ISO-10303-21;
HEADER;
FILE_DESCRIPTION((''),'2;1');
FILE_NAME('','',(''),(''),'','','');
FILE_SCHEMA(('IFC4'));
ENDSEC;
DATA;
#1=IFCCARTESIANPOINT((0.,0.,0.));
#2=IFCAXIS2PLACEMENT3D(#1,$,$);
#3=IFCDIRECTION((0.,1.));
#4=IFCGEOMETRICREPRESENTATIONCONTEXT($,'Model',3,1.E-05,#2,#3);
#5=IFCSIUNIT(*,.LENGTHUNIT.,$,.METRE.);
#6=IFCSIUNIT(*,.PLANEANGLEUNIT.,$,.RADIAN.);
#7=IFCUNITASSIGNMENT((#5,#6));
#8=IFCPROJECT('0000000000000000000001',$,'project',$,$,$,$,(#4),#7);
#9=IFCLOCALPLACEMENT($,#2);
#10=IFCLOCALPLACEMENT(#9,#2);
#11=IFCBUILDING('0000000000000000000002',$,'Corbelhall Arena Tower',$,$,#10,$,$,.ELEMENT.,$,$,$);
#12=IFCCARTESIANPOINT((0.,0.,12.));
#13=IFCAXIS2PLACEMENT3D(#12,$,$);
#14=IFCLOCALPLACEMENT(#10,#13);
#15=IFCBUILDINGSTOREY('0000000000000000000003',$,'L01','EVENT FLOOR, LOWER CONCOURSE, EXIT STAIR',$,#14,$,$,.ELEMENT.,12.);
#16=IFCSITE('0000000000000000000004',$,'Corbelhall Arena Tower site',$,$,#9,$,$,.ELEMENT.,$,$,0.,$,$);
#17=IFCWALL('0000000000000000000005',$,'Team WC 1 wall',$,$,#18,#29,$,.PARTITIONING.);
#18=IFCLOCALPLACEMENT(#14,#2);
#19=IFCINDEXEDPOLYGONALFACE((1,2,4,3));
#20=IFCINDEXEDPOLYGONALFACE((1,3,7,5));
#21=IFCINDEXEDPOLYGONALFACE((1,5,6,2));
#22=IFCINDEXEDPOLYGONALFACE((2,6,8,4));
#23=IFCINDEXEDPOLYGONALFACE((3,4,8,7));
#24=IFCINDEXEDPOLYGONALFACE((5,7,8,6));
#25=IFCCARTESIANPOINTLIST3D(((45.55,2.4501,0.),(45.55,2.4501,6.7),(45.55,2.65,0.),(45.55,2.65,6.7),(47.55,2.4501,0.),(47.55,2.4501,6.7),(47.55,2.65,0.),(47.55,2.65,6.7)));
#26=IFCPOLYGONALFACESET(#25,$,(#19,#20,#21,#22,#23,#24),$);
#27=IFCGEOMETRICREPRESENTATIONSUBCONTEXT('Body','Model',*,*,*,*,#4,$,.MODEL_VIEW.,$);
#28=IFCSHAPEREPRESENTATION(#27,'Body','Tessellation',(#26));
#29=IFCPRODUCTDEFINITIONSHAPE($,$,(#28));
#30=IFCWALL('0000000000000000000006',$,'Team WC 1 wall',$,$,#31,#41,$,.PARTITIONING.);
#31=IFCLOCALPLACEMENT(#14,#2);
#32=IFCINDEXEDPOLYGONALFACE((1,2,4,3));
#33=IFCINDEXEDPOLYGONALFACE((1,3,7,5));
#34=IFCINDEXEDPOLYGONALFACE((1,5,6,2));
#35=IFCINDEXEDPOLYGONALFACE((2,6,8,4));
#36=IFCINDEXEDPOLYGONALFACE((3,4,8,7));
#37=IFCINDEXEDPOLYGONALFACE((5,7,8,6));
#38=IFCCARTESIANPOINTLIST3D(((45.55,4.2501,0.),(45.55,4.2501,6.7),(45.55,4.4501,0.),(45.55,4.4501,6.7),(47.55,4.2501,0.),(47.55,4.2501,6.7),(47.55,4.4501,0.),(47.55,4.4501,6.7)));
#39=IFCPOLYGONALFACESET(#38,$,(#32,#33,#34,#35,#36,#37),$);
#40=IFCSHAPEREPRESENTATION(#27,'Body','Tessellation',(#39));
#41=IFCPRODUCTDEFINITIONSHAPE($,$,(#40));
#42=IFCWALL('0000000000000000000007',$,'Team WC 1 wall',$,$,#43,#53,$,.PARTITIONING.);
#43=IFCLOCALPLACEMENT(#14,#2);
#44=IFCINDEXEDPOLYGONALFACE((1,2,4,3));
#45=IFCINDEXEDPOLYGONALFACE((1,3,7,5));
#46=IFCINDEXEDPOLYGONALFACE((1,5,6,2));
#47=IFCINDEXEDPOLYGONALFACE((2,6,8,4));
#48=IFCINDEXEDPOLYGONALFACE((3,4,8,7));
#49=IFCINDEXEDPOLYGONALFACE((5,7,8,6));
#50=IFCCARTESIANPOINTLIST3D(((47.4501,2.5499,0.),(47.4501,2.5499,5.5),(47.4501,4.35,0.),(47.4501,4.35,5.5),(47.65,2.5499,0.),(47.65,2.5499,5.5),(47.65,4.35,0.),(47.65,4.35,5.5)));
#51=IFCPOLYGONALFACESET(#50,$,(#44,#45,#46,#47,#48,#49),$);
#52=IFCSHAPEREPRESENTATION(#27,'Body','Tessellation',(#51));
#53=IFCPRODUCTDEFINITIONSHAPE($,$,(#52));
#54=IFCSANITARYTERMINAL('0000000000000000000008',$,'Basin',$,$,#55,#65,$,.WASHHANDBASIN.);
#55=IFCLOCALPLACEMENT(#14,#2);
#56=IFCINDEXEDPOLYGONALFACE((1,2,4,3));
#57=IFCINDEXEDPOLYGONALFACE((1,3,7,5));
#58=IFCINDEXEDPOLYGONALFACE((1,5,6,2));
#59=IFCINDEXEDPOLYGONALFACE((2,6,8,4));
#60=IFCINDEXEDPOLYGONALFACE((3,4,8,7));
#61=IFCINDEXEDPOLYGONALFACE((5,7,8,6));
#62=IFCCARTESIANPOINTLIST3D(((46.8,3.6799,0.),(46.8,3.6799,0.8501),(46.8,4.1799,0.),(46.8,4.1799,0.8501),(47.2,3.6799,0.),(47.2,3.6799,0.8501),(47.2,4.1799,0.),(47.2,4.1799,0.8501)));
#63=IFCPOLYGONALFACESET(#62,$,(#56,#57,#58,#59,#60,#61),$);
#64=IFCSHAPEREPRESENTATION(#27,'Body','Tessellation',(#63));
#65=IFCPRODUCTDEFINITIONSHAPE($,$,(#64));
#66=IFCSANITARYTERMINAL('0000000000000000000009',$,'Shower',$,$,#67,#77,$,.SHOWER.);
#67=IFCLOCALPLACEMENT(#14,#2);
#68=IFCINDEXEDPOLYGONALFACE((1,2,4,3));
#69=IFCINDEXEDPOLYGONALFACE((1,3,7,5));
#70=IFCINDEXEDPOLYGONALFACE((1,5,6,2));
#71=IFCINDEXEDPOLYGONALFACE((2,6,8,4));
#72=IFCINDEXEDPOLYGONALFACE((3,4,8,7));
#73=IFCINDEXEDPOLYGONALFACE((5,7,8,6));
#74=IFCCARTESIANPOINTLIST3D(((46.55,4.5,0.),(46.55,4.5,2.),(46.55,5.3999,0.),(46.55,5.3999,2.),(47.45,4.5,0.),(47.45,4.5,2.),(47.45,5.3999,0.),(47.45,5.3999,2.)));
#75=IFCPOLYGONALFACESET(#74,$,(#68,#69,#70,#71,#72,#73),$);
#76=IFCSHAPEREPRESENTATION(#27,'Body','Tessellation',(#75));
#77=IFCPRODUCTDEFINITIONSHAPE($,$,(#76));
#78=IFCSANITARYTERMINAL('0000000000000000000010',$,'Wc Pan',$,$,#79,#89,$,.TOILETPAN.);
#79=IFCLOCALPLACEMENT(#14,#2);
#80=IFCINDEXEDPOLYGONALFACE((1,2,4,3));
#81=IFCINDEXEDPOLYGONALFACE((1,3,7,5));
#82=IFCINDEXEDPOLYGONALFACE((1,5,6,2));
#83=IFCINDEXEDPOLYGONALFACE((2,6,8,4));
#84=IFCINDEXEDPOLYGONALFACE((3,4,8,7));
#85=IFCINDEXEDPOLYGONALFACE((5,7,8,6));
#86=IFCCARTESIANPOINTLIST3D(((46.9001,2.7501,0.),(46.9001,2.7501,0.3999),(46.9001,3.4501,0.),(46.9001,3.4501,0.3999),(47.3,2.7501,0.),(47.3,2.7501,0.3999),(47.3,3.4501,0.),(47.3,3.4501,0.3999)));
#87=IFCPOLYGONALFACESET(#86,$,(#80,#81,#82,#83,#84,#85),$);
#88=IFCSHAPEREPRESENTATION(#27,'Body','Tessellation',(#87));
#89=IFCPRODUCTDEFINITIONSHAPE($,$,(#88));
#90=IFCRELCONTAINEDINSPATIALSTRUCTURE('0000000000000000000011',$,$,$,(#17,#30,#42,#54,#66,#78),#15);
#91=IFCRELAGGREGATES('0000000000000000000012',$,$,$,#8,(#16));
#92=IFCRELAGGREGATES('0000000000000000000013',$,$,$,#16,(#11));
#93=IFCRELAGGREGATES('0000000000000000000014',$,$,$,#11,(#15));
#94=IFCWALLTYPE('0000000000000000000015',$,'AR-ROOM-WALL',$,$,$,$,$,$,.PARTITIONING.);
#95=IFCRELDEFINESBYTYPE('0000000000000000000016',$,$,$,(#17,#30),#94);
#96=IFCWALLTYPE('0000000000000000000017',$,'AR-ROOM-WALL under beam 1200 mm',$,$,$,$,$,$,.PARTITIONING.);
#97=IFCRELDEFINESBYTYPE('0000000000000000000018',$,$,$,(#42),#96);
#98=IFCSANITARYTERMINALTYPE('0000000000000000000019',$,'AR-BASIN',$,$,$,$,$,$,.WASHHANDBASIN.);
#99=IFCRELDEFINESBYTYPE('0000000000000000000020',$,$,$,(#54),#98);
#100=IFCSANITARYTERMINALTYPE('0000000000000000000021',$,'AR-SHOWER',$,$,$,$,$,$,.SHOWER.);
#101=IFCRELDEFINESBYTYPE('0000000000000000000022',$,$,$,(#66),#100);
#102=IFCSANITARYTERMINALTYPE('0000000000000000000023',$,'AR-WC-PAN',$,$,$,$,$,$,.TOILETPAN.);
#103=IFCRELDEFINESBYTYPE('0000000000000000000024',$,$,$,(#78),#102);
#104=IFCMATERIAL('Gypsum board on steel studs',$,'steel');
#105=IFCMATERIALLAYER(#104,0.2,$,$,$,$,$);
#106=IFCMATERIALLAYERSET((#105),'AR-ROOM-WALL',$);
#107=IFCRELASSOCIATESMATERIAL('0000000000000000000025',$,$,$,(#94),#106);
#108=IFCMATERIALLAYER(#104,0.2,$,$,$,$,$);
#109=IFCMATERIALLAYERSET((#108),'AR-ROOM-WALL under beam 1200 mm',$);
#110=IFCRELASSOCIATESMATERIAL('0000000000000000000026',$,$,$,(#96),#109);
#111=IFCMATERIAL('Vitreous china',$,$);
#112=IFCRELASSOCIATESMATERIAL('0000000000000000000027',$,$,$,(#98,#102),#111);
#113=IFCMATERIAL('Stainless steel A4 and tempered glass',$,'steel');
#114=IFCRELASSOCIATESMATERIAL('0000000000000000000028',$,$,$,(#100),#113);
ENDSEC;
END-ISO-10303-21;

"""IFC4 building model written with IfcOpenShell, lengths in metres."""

from ifc_helpers import new_model, si_unit, direction, frame, frame_2d, origin, origin_2d, place, context, subcontext, project, spatial, rectangle, extrude, material, layer, layer_set, type_object, element, save


model = new_model("IFC4")

# Units and contexts
model_context = context("Model", 3, precision=1e-05, world=origin(), true_north=direction((0.0, 1.0)))
body_context = subcontext(model_context, "Body", "Model", "MODEL_VIEW")
ifc_project = project(units=[si_unit("LENGTHUNIT", "METRE"), si_unit("PLANEANGLEUNIT", "RADIAN")], contexts=[model_context])

# Site, building, storey
site_placement = place(None, origin())
site = spatial("IfcSite", under=ifc_project, at=site_placement, Name="Corbelhall Arena Tower site", CompositionType="ELEMENT", RefElevation=0.0)
building_placement = place(site_placement, origin())
building = spatial("IfcBuilding", under=site, at=building_placement, Name="Corbelhall Arena Tower", CompositionType="ELEMENT")
storey_placement = place(building_placement, frame((0.0, 0.0, 12.0)))
storey = spatial("IfcBuildingStorey", under=building, at=storey_placement, Name="L01", Description="EVENT FLOOR, LOWER CONCOURSE, EXIT STAIR", CompositionType="ELEMENT", Elevation=12.0)

# Walls
ifc_material_1 = material(Name="Gypsum board on steel studs", Category="steel")
ifc_layer_1 = layer(ifc_material_1, 0.2)
ifc_layer_set_1 = layer_set([ifc_layer_1], Name="AR-ROOM-WALL")
wall_type_1 = type_object("IfcWallType", Name="AR-ROOM-WALL", PredefinedType="PARTITIONING", material=ifc_layer_set_1)
for number, where, z_axis, x_axis, name in (
    (1, (45.55, 2.55, 0.0), (0.0, 0.0, 1.0), (1.0, 0.0, 0.0), "Team WC 1 wall"),
    (2, (47.55, 4.3501, 0.0), (0.0, 0.0, 1.0), (-1.0, 0.0, 0.0), "Team WC 1 wall"),
):
    element("IfcWall", number, at=place(storey_placement, frame(where, z_axis=z_axis, x_axis=x_axis)), inside=storey, type_object=wall_type_1, Name=name, PredefinedType="PARTITIONING", context=body_context, shape_type="SweptSolid", body=[
        extrude(rectangle(XDim=2.0, YDim=0.2, at=frame_2d((1.0, 0.0))), origin(), (0.0, 0.0, 1.0), 6.7),
    ])

# Shared definitions
ifc_layer_2 = layer(ifc_material_1, 0.2)
ifc_layer_set_2 = layer_set([ifc_layer_2], Name="AR-ROOM-WALL under beam 1200 mm")
wall_type_2 = type_object("IfcWallType", Name="AR-ROOM-WALL under beam 1200 mm", PredefinedType="PARTITIONING", material=ifc_layer_set_2)

# Wall
wall_1_placement = place(storey_placement, frame((47.55, 2.55, 0.0), z_axis=(0.0, 0.0, 1.0), x_axis=(0.0, 1.0, 0.0)))
element("IfcWall", 3, at=wall_1_placement, inside=storey, type_object=wall_type_2, Name="Team WC 1 wall", PredefinedType="PARTITIONING", context=body_context, shape_type="SweptSolid", body=[
    extrude(rectangle(XDim=1.8, YDim=0.2, at=frame_2d((0.8999, 0.0))), origin(), (0.0, 0.0, 1.0), 5.5),
])

# Sanitary terminals
ifc_material_2 = material(Name="Vitreous china")
sanitary_terminal_type_1 = type_object("IfcSanitaryTerminalType", Name="AR-BASIN", PredefinedType="WASHHANDBASIN", material=ifc_material_2)
sanitary_terminal_1_placement = place(storey_placement, frame((47.0, 3.9299, 0.0), z_axis=(0.0, 0.0, 1.0), x_axis=(1.0, 0.0, 0.0)))
element("IfcSanitaryTerminal", 4, at=sanitary_terminal_1_placement, inside=storey, type_object=sanitary_terminal_type_1, Name="Basin", PredefinedType="WASHHANDBASIN", context=body_context, shape_type="SweptSolid", body=[
    extrude(rectangle(XDim=0.3999, YDim=0.5, at=origin_2d()), origin(), (0.0, 0.0, 1.0), 0.8501),
])
ifc_material_3 = material(Name="Stainless steel A4 and tempered glass", Category="steel")
sanitary_terminal_type_2 = type_object("IfcSanitaryTerminalType", Name="AR-SHOWER", PredefinedType="SHOWER", material=ifc_material_3)
sanitary_terminal_2_placement = place(storey_placement, frame((47.0, 4.95, 0.0), z_axis=(0.0, 0.0, 1.0), x_axis=(1.0, 0.0, 0.0)))
element("IfcSanitaryTerminal", 5, at=sanitary_terminal_2_placement, inside=storey, type_object=sanitary_terminal_type_2, Name="Shower", PredefinedType="SHOWER", context=body_context, shape_type="SweptSolid", body=[
    extrude(rectangle(XDim=0.8999, YDim=0.8999, at=origin_2d()), origin(), (0.0, 0.0, 1.0), 2.0),
])
sanitary_terminal_type_3 = type_object("IfcSanitaryTerminalType", Name="AR-WC-PAN", PredefinedType="TOILETPAN", material=ifc_material_2)
sanitary_terminal_3_placement = place(storey_placement, frame((47.1001, 3.1001, 0.0), z_axis=(0.0, 0.0, 1.0), x_axis=(1.0, 0.0, 0.0)))
element("IfcSanitaryTerminal", 6, at=sanitary_terminal_3_placement, inside=storey, type_object=sanitary_terminal_type_3, Name="Wc Pan", PredefinedType="TOILETPAN", context=body_context, shape_type="SweptSolid", body=[
    extrude(rectangle(XDim=0.3999, YDim=0.7, at=origin_2d()), origin(), (0.0, 0.0, 1.0), 0.3999),
])

save(model, "model.ifc")
